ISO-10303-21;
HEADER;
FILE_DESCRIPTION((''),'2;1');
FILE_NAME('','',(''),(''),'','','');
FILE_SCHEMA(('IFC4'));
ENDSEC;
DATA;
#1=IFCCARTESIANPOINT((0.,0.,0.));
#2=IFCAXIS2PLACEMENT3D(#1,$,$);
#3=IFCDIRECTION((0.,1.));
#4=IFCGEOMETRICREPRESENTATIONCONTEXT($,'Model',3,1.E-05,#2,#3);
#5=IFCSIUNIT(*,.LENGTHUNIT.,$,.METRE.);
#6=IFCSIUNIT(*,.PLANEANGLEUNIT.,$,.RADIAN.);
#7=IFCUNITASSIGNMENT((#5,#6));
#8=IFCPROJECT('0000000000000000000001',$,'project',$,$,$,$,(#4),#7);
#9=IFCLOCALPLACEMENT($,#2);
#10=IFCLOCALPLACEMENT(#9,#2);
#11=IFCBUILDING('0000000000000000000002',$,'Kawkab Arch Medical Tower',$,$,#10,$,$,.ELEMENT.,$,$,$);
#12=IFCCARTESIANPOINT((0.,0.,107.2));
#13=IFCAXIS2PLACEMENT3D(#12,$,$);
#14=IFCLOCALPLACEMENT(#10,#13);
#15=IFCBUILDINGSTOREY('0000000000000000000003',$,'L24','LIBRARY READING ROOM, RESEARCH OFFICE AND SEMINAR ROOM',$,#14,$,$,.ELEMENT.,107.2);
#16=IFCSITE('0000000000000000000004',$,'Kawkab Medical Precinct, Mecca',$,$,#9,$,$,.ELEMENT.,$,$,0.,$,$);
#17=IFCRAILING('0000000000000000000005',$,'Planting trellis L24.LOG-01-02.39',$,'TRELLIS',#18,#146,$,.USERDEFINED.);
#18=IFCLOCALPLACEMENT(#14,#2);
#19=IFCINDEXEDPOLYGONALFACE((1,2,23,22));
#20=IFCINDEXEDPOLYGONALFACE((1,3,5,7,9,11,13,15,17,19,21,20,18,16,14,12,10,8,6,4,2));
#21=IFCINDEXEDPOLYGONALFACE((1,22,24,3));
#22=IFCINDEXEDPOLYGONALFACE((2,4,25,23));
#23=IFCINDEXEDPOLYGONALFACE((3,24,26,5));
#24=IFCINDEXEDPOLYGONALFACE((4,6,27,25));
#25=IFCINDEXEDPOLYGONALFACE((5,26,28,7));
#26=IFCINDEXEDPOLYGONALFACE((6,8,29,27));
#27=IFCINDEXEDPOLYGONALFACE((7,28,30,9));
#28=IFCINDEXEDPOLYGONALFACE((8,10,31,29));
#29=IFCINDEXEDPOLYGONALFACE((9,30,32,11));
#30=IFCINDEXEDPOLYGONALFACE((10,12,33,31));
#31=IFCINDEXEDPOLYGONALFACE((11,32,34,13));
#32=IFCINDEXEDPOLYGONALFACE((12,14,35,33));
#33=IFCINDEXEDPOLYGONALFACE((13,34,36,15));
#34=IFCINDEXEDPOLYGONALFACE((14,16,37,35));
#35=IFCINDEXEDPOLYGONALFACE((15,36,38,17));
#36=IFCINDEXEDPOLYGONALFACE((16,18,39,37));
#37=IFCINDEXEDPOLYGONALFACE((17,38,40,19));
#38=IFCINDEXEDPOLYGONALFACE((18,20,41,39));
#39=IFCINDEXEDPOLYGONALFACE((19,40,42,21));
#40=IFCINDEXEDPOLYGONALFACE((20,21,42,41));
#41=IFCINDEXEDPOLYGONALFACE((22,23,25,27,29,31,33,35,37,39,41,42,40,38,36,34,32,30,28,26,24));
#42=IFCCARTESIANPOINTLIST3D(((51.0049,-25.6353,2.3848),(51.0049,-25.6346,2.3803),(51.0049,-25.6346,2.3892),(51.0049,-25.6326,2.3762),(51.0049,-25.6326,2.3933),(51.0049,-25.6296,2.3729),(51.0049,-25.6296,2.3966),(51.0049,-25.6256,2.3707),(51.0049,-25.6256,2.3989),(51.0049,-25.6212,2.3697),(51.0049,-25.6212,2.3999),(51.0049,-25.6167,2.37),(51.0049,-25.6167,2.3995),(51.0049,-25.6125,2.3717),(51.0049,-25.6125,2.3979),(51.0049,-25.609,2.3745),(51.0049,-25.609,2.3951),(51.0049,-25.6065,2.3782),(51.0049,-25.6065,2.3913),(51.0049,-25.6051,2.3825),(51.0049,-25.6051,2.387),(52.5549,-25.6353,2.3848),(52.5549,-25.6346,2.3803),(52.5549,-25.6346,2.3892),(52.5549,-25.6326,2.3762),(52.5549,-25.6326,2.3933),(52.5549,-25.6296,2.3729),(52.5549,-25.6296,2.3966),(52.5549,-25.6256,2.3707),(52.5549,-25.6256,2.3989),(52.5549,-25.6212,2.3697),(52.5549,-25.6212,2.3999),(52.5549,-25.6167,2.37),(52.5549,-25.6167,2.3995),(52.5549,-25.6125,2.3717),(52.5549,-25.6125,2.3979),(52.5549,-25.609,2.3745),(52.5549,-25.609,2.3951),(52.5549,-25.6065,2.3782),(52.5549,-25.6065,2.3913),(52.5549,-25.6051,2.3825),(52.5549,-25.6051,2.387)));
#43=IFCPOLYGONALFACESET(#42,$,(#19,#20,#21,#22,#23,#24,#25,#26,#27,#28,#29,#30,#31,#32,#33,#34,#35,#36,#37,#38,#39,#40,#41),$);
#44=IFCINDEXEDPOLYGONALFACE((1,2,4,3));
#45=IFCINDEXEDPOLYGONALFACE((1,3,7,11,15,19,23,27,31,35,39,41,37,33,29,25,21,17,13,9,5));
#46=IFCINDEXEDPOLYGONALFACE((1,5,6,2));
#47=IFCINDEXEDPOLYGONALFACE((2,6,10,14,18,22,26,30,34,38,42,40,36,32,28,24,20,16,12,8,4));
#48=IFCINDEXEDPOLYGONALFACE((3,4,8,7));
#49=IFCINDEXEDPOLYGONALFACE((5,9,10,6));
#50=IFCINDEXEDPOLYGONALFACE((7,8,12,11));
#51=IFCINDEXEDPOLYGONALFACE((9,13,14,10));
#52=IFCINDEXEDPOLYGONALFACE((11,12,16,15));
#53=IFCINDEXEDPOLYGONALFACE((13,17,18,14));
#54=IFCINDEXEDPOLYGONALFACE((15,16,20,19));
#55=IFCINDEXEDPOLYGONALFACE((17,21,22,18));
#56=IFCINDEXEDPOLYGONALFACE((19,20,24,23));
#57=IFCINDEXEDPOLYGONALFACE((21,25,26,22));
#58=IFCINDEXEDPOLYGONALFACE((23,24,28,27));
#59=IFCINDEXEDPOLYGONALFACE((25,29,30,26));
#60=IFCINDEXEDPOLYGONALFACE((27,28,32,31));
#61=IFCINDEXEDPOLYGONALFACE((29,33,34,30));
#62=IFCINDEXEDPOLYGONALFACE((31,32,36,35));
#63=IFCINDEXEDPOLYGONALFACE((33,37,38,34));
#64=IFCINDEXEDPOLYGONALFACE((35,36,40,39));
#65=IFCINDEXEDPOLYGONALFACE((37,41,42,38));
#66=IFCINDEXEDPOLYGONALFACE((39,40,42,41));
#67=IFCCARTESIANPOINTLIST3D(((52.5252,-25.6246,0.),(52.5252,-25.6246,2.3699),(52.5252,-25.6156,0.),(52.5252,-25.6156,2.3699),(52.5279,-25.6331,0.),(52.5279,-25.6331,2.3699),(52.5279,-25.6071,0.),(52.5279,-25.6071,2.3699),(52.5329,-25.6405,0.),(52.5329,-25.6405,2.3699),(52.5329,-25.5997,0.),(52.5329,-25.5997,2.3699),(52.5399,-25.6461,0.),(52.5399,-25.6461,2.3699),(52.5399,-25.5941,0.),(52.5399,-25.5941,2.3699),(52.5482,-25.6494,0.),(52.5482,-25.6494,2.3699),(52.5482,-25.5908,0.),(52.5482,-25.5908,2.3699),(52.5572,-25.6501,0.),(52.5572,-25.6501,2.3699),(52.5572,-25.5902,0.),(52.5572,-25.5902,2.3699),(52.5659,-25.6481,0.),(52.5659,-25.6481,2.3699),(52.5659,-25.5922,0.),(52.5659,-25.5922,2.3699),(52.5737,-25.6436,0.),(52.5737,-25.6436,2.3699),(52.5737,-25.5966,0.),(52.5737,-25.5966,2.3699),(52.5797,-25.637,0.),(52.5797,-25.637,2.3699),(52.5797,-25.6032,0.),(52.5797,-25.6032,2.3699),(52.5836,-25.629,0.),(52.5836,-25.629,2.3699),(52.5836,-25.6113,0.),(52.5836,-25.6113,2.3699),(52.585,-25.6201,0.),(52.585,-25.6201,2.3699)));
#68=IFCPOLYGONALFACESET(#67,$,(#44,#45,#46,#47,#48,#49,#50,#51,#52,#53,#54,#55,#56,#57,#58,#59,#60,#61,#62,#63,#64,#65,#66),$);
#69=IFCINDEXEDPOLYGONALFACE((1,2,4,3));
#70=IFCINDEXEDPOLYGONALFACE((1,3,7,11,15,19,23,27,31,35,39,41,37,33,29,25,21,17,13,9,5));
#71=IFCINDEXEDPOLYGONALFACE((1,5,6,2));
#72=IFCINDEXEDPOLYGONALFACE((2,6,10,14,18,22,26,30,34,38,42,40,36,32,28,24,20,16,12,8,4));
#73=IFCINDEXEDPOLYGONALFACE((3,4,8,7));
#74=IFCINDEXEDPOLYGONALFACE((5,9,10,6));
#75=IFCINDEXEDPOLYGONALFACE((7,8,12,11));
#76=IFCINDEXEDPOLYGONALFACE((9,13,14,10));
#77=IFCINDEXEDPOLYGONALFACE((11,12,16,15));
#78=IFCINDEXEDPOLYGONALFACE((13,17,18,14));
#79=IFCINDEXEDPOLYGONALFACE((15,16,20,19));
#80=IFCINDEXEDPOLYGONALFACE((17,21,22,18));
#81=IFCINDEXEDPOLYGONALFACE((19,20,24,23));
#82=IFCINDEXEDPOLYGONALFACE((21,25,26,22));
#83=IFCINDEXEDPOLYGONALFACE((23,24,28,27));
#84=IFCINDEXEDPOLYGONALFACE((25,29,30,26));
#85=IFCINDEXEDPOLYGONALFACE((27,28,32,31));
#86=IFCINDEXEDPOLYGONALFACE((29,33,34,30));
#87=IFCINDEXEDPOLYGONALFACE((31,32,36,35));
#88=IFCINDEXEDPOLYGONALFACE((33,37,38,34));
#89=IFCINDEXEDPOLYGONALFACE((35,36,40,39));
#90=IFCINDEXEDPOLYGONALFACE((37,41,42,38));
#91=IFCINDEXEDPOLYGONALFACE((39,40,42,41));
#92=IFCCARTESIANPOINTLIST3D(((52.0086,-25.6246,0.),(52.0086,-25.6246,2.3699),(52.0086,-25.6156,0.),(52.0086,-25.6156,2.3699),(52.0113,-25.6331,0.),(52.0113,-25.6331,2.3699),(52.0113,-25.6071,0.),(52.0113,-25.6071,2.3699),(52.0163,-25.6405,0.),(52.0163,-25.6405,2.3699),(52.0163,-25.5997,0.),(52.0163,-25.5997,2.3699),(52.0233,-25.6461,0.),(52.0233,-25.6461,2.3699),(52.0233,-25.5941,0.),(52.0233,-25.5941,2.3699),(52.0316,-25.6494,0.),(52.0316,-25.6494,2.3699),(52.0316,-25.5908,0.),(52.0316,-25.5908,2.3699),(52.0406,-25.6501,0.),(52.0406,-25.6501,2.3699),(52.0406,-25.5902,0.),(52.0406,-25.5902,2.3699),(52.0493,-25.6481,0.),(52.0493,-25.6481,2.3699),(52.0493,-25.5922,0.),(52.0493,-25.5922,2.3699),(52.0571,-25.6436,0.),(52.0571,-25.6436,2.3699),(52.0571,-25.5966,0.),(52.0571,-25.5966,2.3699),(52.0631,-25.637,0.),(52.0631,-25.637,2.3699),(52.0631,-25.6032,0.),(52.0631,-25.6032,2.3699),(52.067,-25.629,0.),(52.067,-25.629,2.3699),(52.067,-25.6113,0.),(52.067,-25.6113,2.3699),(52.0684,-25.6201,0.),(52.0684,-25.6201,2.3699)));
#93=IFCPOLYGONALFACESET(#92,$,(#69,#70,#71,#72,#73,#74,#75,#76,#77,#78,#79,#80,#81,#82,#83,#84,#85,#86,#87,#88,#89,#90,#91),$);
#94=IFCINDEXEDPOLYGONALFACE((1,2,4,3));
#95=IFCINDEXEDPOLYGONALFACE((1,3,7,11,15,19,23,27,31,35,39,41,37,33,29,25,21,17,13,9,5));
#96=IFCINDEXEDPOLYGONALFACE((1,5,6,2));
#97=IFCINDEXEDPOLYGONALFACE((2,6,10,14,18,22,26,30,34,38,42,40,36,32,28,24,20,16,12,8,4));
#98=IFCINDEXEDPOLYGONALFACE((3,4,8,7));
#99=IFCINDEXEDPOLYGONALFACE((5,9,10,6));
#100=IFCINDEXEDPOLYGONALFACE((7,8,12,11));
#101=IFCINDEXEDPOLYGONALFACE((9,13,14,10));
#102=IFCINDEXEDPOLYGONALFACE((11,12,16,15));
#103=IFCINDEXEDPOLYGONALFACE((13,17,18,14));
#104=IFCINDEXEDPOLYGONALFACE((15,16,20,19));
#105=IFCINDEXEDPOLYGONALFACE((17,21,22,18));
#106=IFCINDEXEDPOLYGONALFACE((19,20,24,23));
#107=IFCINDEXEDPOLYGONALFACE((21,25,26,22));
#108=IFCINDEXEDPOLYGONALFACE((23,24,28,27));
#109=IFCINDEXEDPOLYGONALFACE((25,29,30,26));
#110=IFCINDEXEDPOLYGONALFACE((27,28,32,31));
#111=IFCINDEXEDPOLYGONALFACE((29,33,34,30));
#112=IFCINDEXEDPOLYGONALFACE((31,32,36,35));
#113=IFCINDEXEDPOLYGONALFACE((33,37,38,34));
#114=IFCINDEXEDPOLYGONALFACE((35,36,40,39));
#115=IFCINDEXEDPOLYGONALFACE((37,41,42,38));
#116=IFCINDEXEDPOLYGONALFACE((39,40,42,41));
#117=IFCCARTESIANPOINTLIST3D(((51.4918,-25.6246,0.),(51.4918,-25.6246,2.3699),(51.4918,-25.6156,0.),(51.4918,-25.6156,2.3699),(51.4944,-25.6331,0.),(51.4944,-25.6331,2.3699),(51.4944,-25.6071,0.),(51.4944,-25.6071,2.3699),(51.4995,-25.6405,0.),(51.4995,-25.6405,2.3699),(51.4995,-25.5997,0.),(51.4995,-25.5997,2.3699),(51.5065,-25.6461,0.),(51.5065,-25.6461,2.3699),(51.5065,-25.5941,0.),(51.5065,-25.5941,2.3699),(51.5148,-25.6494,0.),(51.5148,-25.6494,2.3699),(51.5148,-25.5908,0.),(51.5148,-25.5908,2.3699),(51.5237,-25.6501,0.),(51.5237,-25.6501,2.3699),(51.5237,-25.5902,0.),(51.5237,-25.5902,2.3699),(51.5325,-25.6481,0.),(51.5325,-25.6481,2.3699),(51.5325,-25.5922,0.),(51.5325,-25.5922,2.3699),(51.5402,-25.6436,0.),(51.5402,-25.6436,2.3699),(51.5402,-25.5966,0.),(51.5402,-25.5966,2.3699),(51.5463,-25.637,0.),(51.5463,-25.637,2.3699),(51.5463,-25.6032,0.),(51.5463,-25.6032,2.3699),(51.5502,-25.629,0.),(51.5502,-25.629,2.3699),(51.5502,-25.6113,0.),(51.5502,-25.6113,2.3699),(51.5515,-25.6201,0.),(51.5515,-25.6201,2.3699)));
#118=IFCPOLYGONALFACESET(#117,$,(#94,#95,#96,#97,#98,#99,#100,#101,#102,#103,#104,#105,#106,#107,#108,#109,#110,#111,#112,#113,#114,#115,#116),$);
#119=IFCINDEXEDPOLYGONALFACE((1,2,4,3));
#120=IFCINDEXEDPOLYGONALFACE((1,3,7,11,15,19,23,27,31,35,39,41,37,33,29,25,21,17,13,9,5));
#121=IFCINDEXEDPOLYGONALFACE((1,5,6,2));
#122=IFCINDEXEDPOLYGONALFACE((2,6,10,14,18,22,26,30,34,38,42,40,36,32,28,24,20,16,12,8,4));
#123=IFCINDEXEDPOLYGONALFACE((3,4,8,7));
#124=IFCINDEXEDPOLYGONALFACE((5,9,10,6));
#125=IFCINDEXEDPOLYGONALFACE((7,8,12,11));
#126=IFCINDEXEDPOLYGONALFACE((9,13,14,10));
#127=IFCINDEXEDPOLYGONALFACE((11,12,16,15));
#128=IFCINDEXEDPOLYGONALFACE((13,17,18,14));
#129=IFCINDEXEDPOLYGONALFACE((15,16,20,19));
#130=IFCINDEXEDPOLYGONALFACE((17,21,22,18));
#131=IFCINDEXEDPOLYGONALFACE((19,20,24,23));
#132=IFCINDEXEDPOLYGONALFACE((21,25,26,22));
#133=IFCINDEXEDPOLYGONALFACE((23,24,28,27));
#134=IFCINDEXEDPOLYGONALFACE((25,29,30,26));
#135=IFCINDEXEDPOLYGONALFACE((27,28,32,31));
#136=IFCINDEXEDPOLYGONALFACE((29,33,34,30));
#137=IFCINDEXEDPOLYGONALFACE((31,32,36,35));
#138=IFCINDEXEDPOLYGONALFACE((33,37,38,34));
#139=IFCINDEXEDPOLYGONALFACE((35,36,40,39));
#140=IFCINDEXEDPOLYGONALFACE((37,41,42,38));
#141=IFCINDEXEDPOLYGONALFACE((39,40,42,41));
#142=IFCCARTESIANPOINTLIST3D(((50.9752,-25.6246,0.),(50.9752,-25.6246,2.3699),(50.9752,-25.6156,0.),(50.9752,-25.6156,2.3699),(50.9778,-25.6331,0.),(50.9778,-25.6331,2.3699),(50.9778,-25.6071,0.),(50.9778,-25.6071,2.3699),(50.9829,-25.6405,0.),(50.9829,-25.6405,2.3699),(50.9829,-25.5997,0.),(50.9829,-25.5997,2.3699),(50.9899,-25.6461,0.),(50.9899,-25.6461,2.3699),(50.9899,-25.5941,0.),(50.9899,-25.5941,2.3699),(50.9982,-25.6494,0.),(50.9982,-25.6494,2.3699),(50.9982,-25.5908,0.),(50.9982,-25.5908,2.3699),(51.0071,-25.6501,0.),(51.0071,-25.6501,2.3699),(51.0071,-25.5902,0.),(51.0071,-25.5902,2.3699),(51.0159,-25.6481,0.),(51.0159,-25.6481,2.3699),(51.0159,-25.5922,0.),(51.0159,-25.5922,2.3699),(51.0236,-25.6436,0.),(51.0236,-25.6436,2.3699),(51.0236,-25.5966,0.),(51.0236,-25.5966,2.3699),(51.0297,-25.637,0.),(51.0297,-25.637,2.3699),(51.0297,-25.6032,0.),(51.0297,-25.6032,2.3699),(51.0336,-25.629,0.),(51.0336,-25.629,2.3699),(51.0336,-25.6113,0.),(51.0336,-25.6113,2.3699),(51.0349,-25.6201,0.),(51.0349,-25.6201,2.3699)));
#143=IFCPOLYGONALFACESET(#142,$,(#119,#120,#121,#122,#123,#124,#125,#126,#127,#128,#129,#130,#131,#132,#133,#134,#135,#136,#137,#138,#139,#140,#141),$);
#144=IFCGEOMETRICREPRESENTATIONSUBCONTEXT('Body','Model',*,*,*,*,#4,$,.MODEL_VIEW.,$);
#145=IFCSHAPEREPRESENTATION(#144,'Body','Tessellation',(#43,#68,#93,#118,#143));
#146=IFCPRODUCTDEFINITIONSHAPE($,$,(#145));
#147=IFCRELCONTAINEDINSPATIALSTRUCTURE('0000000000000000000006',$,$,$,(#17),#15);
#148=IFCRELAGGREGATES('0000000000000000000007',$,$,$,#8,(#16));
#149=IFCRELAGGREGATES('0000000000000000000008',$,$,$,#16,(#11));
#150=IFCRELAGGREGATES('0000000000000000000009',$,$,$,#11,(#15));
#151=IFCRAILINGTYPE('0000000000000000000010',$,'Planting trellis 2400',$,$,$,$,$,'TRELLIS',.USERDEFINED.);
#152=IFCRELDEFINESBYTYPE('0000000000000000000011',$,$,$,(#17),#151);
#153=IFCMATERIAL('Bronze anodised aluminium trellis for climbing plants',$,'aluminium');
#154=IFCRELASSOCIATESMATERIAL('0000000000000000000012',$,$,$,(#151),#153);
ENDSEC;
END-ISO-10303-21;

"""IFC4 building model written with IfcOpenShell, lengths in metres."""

from ifc_helpers import new_model, si_unit, direction, frame, origin, origin_2d, place, context, subcontext, project, spatial, circle, extrude, material, type_object, element, save


model = new_model("IFC4")

# Units and contexts
model_context = context("Model", 3, precision=1e-05, world=origin(), true_north=direction((0.0, 1.0)))
body_context = subcontext(model_context, "Body", "Model", "MODEL_VIEW")
ifc_project = project(units=[si_unit("LENGTHUNIT", "METRE"), si_unit("PLANEANGLEUNIT", "RADIAN")], contexts=[model_context])

# Site, building, storey
site_placement = place(None, origin())
site = spatial("IfcSite", under=ifc_project, at=site_placement, Name="Kawkab Medical Precinct, Mecca", CompositionType="ELEMENT", RefElevation=0.0)
building_placement = place(site_placement, origin())
building = spatial("IfcBuilding", under=site, at=building_placement, Name="Kawkab Arch Medical Tower", CompositionType="ELEMENT")
storey_placement = place(building_placement, frame((0.0, 0.0, 107.2)))
storey = spatial("IfcBuildingStorey", under=building, at=storey_placement, Name="L24", Description="LIBRARY READING ROOM, RESEARCH OFFICE AND SEMINAR ROOM", CompositionType="ELEMENT", Elevation=107.2)

# Railing
ifc_material_1 = material(Name="Bronze anodised aluminium trellis for climbing plants", Category="aluminium")
railing_type = type_object("IfcRailingType", Name="Planting trellis 2400", ElementType="TRELLIS", PredefinedType="USERDEFINED", material=ifc_material_1)
railing_1_placement = place(storey_placement, frame((52.5549, -25.6201, 0.0)))
element("IfcRailing", 1, at=railing_1_placement, inside=storey, type_object=railing_type, Name="Planting trellis L24.LOG-01-02.39", ObjectType="TRELLIS", PredefinedType="USERDEFINED", context=body_context, shape_type="SweptSolid", body=[
    extrude(circle(Radius=0.0151, at=origin_2d()), frame((0.0, 0.0, 2.3848), z_axis=(-1.0, 0.0, 0.0), x_axis=(0.0, -1.0, 0.0)), (0.0, 0.0, 1.0), 1.55),
    extrude(circle(Radius=0.03, at=origin_2d()), origin(), (0.0, 0.0, 1.0), 2.3699),
    extrude(circle(Radius=0.03, at=origin_2d()), frame((-0.5166, 0.0, 0.0)), (0.0, 0.0, 1.0), 2.3699),
    extrude(circle(Radius=0.03, at=origin_2d()), frame((-1.0334, 0.0, 0.0)), (0.0, 0.0, 1.0), 2.3699),
    extrude(circle(Radius=0.03, at=origin_2d()), frame((-1.55, 0.0, 0.0)), (0.0, 0.0, 1.0), 2.3699),
])

save(model, "model.ifc")
